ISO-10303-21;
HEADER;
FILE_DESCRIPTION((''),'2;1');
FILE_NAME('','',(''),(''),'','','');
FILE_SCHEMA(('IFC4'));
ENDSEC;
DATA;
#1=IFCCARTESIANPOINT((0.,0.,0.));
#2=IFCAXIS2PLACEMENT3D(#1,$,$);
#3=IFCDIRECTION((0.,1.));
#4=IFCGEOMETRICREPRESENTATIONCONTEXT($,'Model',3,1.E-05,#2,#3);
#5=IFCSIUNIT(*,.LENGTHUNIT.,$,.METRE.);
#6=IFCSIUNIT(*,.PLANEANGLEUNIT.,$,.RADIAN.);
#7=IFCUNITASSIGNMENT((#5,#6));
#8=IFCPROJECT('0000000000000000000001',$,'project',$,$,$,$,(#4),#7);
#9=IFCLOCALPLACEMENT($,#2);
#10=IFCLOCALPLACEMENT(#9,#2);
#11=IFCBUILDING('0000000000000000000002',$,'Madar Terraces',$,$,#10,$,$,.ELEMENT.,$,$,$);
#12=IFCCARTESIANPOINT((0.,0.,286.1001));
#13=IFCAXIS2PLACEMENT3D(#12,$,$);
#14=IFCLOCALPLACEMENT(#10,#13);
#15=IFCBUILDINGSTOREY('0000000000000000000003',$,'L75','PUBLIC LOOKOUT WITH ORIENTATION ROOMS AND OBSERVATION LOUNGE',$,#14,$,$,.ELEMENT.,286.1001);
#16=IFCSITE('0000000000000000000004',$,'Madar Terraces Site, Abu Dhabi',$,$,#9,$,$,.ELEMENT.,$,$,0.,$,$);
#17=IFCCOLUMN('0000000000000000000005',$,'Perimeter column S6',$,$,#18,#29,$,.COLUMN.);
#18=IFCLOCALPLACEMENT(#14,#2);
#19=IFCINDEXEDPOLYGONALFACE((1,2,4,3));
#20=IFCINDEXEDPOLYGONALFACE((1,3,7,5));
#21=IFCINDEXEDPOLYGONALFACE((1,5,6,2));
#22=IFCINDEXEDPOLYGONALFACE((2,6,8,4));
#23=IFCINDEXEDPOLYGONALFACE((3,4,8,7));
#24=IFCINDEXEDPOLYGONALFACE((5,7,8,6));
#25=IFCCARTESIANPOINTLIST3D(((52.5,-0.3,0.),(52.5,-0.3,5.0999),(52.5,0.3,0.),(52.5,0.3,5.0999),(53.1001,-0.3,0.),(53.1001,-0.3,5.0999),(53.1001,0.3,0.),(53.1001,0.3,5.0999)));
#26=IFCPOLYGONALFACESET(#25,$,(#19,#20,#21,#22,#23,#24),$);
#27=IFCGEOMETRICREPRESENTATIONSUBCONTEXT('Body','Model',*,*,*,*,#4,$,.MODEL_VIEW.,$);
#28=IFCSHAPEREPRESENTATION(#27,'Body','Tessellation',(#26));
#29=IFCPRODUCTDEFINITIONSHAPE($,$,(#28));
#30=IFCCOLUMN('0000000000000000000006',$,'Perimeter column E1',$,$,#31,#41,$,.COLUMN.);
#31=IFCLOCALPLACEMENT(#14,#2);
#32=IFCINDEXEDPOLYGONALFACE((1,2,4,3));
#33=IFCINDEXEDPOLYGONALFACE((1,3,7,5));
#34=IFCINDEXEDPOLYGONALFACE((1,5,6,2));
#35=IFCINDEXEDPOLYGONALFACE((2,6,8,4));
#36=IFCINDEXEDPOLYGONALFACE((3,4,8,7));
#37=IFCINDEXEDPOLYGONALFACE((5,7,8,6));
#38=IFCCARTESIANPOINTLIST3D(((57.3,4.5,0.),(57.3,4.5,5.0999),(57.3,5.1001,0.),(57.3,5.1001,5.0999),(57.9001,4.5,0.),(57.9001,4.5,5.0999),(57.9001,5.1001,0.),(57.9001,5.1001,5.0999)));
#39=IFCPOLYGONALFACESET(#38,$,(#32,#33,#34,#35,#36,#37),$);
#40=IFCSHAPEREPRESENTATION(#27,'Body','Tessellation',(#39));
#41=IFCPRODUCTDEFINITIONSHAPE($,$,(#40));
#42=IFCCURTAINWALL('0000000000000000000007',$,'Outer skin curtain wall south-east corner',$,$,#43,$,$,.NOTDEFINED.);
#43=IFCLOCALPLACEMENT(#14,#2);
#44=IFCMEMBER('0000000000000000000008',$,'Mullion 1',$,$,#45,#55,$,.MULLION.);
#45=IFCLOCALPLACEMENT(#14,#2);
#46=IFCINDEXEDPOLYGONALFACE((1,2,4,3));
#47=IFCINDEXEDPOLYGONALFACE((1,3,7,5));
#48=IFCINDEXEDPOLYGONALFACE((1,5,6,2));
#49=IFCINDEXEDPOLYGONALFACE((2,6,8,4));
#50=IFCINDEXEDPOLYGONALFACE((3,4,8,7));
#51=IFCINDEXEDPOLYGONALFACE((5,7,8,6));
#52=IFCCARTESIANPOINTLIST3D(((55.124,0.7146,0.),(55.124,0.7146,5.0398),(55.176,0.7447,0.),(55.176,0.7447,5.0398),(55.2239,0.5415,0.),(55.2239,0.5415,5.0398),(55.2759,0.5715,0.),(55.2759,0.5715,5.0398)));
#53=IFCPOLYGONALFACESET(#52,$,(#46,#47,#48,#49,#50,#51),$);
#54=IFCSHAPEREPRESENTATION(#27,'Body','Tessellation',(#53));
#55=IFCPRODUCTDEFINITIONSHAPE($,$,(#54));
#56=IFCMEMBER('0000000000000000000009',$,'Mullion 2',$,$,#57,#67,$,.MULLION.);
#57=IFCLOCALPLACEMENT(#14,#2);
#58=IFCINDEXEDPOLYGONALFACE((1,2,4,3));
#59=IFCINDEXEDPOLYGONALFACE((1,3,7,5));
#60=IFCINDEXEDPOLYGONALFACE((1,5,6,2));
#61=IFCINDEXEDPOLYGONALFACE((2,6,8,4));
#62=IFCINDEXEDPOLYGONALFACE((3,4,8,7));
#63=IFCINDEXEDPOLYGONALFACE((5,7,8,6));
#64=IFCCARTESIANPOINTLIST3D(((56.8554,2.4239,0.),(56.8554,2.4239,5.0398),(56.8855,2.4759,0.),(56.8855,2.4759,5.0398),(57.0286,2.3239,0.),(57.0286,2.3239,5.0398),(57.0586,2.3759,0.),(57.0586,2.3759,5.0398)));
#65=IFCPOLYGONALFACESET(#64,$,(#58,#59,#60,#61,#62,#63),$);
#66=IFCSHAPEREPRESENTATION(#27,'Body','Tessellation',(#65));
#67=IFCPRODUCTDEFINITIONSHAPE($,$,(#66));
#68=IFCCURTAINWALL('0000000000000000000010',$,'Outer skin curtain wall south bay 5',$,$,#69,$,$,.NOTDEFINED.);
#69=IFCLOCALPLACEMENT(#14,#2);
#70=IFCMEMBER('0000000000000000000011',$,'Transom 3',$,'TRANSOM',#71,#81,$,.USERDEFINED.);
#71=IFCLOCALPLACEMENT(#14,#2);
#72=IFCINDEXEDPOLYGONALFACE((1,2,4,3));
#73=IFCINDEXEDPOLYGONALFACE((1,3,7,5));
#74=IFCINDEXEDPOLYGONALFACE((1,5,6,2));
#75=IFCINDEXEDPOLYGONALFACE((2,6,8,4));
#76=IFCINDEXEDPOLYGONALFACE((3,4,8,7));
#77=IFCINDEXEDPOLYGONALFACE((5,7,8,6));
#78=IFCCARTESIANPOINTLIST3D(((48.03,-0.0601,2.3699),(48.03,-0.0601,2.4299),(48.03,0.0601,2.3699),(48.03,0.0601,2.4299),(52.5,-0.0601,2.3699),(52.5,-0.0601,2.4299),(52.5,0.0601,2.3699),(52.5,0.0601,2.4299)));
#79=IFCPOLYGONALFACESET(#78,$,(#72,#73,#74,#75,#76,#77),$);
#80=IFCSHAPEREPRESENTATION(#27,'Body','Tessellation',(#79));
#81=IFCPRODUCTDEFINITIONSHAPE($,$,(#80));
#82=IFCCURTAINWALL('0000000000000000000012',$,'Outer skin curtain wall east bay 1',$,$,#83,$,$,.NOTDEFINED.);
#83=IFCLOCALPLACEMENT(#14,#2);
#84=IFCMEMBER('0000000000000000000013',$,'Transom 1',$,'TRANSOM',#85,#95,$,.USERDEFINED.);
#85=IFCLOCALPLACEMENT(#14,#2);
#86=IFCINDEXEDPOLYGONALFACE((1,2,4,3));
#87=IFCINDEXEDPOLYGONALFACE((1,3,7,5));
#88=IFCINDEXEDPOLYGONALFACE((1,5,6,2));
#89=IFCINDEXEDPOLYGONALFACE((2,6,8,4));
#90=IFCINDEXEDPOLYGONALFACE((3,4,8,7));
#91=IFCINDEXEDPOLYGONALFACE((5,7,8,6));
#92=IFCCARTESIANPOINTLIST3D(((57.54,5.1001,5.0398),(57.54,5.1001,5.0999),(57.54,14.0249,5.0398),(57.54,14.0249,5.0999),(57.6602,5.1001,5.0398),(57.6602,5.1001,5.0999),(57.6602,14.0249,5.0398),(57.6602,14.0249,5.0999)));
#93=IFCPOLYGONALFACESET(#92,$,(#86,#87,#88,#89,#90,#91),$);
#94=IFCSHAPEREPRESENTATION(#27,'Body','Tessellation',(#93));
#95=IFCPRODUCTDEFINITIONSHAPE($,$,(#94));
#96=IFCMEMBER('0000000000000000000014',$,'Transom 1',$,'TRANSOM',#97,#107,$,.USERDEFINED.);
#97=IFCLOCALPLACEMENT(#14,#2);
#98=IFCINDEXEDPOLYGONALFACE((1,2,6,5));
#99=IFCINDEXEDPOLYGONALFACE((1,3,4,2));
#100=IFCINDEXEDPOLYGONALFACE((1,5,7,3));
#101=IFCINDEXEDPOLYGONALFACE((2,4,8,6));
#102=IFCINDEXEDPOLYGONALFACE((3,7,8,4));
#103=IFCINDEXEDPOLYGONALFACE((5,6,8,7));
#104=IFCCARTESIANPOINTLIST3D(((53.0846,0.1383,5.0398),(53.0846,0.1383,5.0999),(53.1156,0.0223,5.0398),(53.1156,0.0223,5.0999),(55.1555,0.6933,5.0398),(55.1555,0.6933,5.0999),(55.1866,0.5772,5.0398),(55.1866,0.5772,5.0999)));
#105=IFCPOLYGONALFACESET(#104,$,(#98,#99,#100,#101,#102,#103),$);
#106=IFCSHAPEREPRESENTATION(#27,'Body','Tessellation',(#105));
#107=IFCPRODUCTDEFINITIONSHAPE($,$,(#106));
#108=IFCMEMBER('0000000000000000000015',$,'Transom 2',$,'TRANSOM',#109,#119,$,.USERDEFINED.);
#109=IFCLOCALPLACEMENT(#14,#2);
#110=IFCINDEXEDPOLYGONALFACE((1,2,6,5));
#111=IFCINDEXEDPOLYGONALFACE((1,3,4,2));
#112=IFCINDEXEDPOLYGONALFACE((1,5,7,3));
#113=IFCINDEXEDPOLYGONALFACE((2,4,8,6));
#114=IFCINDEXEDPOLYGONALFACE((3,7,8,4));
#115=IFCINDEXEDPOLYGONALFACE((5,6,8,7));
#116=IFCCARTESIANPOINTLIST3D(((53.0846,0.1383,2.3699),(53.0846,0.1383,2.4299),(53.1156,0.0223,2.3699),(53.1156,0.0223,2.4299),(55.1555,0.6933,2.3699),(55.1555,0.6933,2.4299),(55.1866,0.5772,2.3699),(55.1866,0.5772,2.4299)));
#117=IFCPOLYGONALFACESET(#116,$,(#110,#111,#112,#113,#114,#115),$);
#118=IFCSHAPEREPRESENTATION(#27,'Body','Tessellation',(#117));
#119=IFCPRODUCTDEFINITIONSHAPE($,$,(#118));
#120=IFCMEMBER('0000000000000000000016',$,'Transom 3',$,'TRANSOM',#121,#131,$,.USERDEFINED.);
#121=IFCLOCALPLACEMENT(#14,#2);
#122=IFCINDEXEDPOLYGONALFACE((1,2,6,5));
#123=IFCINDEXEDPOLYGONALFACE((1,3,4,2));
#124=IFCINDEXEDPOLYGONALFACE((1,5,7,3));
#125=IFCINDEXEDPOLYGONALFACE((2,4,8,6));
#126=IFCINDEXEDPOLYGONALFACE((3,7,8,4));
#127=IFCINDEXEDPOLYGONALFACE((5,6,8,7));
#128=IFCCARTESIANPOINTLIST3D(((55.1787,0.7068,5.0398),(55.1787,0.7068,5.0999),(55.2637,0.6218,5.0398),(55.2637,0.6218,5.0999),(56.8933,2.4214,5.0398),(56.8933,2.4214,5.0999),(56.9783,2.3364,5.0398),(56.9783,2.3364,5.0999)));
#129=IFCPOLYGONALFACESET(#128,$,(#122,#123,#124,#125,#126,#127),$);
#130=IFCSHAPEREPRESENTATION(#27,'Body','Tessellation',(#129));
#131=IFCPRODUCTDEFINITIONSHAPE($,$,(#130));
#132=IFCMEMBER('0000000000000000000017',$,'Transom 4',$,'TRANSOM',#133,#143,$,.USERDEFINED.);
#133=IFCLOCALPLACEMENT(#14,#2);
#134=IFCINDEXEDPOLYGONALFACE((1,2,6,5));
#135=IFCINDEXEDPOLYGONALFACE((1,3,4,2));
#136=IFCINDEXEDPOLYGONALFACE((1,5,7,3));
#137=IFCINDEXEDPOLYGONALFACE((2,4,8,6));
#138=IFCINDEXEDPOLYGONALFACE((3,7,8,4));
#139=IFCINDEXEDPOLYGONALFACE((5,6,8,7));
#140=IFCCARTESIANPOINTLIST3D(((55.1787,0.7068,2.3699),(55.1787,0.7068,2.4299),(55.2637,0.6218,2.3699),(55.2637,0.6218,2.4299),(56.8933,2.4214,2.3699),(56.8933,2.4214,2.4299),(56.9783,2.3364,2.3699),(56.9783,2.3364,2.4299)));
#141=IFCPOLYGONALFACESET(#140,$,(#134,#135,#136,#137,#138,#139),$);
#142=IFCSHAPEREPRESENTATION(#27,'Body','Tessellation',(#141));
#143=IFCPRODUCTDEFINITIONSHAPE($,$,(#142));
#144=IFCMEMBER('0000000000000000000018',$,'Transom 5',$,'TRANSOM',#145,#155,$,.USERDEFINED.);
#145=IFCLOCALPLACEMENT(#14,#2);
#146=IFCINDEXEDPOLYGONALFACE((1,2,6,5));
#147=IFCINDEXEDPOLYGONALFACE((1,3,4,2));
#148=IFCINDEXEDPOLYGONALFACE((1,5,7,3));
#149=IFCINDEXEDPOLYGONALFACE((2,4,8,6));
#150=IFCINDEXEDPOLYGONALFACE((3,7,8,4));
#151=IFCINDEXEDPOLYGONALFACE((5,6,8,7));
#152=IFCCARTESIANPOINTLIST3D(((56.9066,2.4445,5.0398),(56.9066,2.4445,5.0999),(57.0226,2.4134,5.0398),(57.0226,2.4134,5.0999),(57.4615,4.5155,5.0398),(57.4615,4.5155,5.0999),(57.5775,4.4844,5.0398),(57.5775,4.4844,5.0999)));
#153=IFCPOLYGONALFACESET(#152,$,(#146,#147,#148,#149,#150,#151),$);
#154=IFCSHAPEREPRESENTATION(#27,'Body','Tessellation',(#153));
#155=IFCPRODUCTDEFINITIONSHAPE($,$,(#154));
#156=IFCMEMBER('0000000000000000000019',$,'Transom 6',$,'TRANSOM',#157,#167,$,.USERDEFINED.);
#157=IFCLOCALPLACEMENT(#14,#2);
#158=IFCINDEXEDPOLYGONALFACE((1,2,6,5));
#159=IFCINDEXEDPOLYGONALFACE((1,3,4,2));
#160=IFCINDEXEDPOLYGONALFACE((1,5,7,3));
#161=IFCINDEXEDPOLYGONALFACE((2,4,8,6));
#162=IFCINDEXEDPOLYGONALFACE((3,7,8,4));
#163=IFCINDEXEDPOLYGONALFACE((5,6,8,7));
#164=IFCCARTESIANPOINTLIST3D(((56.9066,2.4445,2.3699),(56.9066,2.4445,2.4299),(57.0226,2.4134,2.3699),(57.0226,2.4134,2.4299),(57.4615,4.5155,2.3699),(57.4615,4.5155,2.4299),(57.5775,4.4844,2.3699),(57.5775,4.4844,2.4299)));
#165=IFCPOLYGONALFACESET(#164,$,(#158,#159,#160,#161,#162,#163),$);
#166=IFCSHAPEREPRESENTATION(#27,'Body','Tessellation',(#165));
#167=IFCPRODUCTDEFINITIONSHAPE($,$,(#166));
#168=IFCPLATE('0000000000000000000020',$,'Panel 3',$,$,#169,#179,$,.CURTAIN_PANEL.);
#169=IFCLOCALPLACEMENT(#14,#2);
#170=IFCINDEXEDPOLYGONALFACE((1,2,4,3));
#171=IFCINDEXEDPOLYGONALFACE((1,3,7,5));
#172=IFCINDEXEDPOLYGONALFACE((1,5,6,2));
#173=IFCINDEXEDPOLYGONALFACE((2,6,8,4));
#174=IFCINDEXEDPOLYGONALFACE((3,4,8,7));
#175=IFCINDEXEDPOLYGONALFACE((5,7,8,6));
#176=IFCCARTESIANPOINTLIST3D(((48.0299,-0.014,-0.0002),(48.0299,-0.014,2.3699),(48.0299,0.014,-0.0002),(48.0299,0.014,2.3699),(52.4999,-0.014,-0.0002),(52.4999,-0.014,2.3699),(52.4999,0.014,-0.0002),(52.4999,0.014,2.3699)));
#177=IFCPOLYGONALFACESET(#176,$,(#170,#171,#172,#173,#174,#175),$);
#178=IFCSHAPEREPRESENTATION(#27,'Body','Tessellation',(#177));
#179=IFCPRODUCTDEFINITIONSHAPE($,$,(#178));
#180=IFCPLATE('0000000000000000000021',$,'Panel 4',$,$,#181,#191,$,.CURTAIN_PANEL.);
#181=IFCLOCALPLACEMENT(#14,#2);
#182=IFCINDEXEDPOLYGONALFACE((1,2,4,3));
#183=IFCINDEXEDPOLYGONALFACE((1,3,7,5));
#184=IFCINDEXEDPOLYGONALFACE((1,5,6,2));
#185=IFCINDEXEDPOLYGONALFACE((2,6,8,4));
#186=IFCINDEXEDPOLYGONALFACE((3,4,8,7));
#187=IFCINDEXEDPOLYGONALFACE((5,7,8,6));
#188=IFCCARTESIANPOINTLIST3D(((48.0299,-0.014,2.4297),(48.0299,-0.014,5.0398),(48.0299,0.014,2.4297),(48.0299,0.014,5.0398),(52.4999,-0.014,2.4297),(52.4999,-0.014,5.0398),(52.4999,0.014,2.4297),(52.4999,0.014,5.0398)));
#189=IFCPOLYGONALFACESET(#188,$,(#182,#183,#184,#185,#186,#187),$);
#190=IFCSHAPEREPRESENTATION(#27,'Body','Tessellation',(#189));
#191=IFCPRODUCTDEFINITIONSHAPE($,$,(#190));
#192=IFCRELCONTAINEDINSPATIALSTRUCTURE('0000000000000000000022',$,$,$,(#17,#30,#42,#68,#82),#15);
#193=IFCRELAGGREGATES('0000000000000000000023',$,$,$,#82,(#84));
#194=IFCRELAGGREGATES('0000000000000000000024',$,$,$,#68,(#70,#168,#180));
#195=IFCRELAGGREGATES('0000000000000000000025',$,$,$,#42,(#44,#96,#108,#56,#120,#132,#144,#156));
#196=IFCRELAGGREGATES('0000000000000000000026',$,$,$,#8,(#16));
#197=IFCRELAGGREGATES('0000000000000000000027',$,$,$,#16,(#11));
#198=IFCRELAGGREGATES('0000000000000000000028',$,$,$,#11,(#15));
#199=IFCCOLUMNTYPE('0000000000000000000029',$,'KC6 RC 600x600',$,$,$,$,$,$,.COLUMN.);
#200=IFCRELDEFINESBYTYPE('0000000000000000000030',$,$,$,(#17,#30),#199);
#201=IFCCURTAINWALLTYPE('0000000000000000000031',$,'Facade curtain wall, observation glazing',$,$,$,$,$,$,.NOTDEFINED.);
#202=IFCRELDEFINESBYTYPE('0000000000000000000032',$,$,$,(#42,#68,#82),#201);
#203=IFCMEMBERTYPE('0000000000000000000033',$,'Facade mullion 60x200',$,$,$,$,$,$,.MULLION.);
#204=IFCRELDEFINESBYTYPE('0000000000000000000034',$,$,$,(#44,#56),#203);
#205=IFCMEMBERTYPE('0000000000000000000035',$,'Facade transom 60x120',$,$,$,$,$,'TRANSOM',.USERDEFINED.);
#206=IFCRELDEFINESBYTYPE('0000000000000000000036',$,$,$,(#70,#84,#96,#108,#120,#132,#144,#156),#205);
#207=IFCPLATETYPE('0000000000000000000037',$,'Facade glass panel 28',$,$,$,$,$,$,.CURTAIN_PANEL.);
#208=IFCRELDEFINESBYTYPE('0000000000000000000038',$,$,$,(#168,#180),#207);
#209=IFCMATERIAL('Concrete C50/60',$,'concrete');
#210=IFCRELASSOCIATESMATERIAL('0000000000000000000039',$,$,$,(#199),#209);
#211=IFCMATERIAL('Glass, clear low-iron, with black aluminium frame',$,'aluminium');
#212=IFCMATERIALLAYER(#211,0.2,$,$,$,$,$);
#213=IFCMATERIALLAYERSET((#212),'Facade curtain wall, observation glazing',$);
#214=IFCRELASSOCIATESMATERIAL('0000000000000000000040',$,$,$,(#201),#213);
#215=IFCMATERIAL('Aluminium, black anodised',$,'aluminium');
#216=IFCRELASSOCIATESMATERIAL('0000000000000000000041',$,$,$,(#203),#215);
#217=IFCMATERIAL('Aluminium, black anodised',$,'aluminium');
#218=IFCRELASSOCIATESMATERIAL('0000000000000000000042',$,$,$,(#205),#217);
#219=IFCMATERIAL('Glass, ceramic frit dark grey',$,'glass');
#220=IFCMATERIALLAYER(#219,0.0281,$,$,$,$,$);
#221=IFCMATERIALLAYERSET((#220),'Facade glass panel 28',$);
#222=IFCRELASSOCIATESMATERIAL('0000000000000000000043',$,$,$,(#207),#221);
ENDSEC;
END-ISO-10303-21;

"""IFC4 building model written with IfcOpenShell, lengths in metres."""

from ifc_helpers import new_model, si_unit, direction, frame, origin, origin_2d, place, context, subcontext, project, spatial, rectangle, extrude, material, layer, layer_set, material_profile, profile_set, type_object, element, aggregate, save


model = new_model("IFC4")

# Units and contexts
model_context = context("Model", 3, precision=1e-05, world=origin(), true_north=direction((0.0, 1.0)))
body_context = subcontext(model_context, "Body", "Model", "MODEL_VIEW")
ifc_project = project(units=[si_unit("LENGTHUNIT", "METRE"), si_unit("PLANEANGLEUNIT", "RADIAN")], contexts=[model_context])

# Site, building, storey
site_placement = place(None, origin())
site = spatial("IfcSite", under=ifc_project, at=site_placement, Name="Madar Terraces Site, Abu Dhabi", CompositionType="ELEMENT", RefElevation=0.0)
building_placement = place(site_placement, origin())
building = spatial("IfcBuilding", under=site, at=building_placement, Name="Madar Terraces", CompositionType="ELEMENT")
storey_placement = place(building_placement, frame((0.0, 0.0, 286.1001)))
storey = spatial("IfcBuildingStorey", under=building, at=storey_placement, Name="L75", Description="PUBLIC LOOKOUT WITH ORIENTATION ROOMS AND OBSERVATION LOUNGE", CompositionType="ELEMENT", Elevation=286.1001)

# Columns
ifc_material_1 = material(Name="Concrete C50/60", Category="concrete")
ifc_material_profile_1 = material_profile(ifc_material_1, rectangle(XDim=0.6001, YDim=0.6001, at=origin_2d()), Name="KC6 RC 600x600")
ifc_profile_set_1 = profile_set([ifc_material_profile_1], Name="Concrete C50/60")
column_type = type_object("IfcColumnType", Name="KC6 RC 600x600", PredefinedType="COLUMN", material=ifc_profile_set_1)
for number, where, z_axis, x_axis, name in (
    (1, (52.8, 0.0, 0.0), (0.0, 0.0, 1.0), (1.0, 0.0, 0.0), "Perimeter column S6"),
    (2, (57.6001, 4.8, 0.0), (0.0, 0.0, 1.0), (1.0, 0.0, 0.0), "Perimeter column E1"),
):
    element("IfcColumn", number, at=place(storey_placement, frame(where, z_axis=z_axis, x_axis=x_axis)), inside=storey, type_object=column_type, Name=name, PredefinedType="COLUMN", context=body_context, shape_type="SweptSolid", body=[
        extrude(rectangle(XDim=0.6001, YDim=0.6001, at=origin_2d()), origin(), (0.0, 0.0, 1.0), 5.0999),
    ])

# Curtain wall, members
ifc_material_2 = material(Name="Glass, clear low-iron, with black aluminium frame", Category="aluminium")
ifc_layer_1 = layer(ifc_material_2, 0.2)
ifc_layer_set_1 = layer_set([ifc_layer_1], Name="Facade curtain wall, observation glazing")
curtain_wall_type = type_object("IfcCurtainWallType", Name="Facade curtain wall, observation glazing", PredefinedType="NOTDEFINED", material=ifc_layer_set_1)
curtain_wall_1_placement = place(storey_placement, origin())
curtain_wall_1 = element("IfcCurtainWall", 3, at=curtain_wall_1_placement, inside=storey, type_object=curtain_wall_type, Name="Outer skin curtain wall south-east corner", PredefinedType="NOTDEFINED")
ifc_material_3 = material(Name="Aluminium, black anodised", Category="aluminium")
ifc_material_profile_2 = material_profile(ifc_material_3, rectangle(XDim=0.2, YDim=0.0601, at=origin_2d()), Name="Facade mullion 60x200")
ifc_profile_set_2 = profile_set([ifc_material_profile_2], Name="Aluminium, black anodised")
member_type_1 = type_object("IfcMemberType", Name="Facade mullion 60x200", PredefinedType="MULLION", material=ifc_profile_set_2)
member_1_placement = place(storey_placement, frame((55.2, 0.6431, 0.0), z_axis=(0.0, 0.0, 1.0), x_axis=(-0.5, 0.866025, 0.0)))
member_1 = element("IfcMember", 4, at=member_1_placement, type_object=member_type_1, Name="Mullion 1", PredefinedType="MULLION", context=body_context, shape_type="SweptSolid", body=[
    extrude(rectangle(XDim=0.2, YDim=0.0601, at=origin_2d()), origin(), (0.0, 0.0, 1.0), 5.0398),
])
member_2_placement = place(storey_placement, frame((56.957, 2.3999, 0.0), z_axis=(0.0, 0.0, 1.0), x_axis=(-0.866025, 0.5, 0.0)))
member_2 = element("IfcMember", 5, at=member_2_placement, type_object=member_type_1, Name="Mullion 2", PredefinedType="MULLION", context=body_context, shape_type="SweptSolid", body=[
    extrude(rectangle(XDim=0.2, YDim=0.0601, at=origin_2d()), origin(), (0.0, 0.0, 1.0), 5.0398),
])

# Curtain walls, members
curtain_wall_2_placement = place(storey_placement, origin())
curtain_wall_2 = element("IfcCurtainWall", 6, at=curtain_wall_2_placement, inside=storey, type_object=curtain_wall_type, Name="Outer skin curtain wall south bay 5", PredefinedType="NOTDEFINED")
ifc_material_4 = material(Name="Aluminium, black anodised", Category="aluminium")
ifc_material_profile_3 = material_profile(ifc_material_4, rectangle(XDim=0.1201, YDim=0.0601, at=origin_2d()), Name="Facade transom 60x120")
ifc_profile_set_3 = profile_set([ifc_material_profile_3], Name="Aluminium, black anodised")
member_type_2 = type_object("IfcMemberType", Name="Facade transom 60x120", ElementType="TRANSOM", PredefinedType="USERDEFINED", material=ifc_profile_set_3)
member_3_placement = place(storey_placement, frame((48.03, 0.0, 2.3999), z_axis=(1.0, 0.0, 0.0), x_axis=(0.0, 1.0, 0.0)))
member_3 = element("IfcMember", 7, at=member_3_placement, type_object=member_type_2, Name="Transom 3", ObjectType="TRANSOM", PredefinedType="USERDEFINED", context=body_context, shape_type="SweptSolid", body=[
    extrude(rectangle(XDim=0.1201, YDim=0.0601, at=origin_2d()), origin(), (0.0, 0.0, 1.0), 4.47),
])
curtain_wall_3_placement = place(storey_placement, origin())
curtain_wall_3 = element("IfcCurtainWall", 8, at=curtain_wall_3_placement, inside=storey, type_object=curtain_wall_type, Name="Outer skin curtain wall east bay 1", PredefinedType="NOTDEFINED")
member_4_placement = place(storey_placement, frame((57.6001, 5.1001, 5.0698), z_axis=(0.0, 1.0, 0.0), x_axis=(-1.0, 0.0, 0.0)))
member_4 = element("IfcMember", 9, at=member_4_placement, type_object=member_type_2, Name="Transom 1", ObjectType="TRANSOM", PredefinedType="USERDEFINED", context=body_context, shape_type="SweptSolid", body=[
    extrude(rectangle(XDim=0.1201, YDim=0.0601, at=origin_2d()), origin(), (0.0, 0.0, 1.0), 8.9248),
])
aggregate(curtain_wall_3, [member_4])

# Members
member_5_placement = place(storey_placement, frame((53.1001, 0.0803, 5.0698), z_axis=(0.965926, 0.258818, 0.0), x_axis=(-0.258818, 0.965926, 0.0)))
member_5 = element("IfcMember", 10, at=member_5_placement, type_object=member_type_2, Name="Transom 1", ObjectType="TRANSOM", PredefinedType="USERDEFINED", context=body_context, shape_type="SweptSolid", body=[
    extrude(rectangle(XDim=0.1201, YDim=0.0601, at=origin_2d()), origin(), (0.0, 0.0, 1.0), 2.144),
])
member_6_placement = place(storey_placement, frame((53.1001, 0.0803, 2.3999), z_axis=(0.965926, 0.258818, 0.0), x_axis=(-0.258818, 0.965926, 0.0)))
member_6 = element("IfcMember", 11, at=member_6_placement, type_object=member_type_2, Name="Transom 2", ObjectType="TRANSOM", PredefinedType="USERDEFINED", context=body_context, shape_type="SweptSolid", body=[
    extrude(rectangle(XDim=0.1201, YDim=0.0601, at=origin_2d()), origin(), (0.0, 0.0, 1.0), 2.144),
])
member_7_placement = place(storey_placement, frame((55.2212, 0.6643, 5.0698), z_axis=(0.707107, 0.707107, 0.0), x_axis=(-0.707107, 0.707107, 0.0)))
member_7 = element("IfcMember", 12, at=member_7_placement, type_object=member_type_2, Name="Transom 3", ObjectType="TRANSOM", PredefinedType="USERDEFINED", context=body_context, shape_type="SweptSolid", body=[
    extrude(rectangle(XDim=0.1201, YDim=0.0601, at=origin_2d()), origin(), (0.0, 0.0, 1.0), 2.4248),
])
member_8_placement = place(storey_placement, frame((55.2212, 0.6643, 2.3999), z_axis=(0.707107, 0.707107, 0.0), x_axis=(-0.707107, 0.707107, 0.0)))
member_8 = element("IfcMember", 13, at=member_8_placement, type_object=member_type_2, Name="Transom 4", ObjectType="TRANSOM", PredefinedType="USERDEFINED", context=body_context, shape_type="SweptSolid", body=[
    extrude(rectangle(XDim=0.1201, YDim=0.0601, at=origin_2d()), origin(), (0.0, 0.0, 1.0), 2.4248),
])
member_9_placement = place(storey_placement, frame((56.9646, 2.429, 5.0698), z_axis=(0.258818, 0.965926, 0.0), x_axis=(-0.965926, 0.258818, 0.0)))
member_9 = element("IfcMember", 14, at=member_9_placement, type_object=member_type_2, Name="Transom 5", ObjectType="TRANSOM", PredefinedType="USERDEFINED", context=body_context, shape_type="SweptSolid", body=[
    extrude(rectangle(XDim=0.1201, YDim=0.0601, at=origin_2d()), origin(), (0.0, 0.0, 1.0), 2.144),
])
member_10_placement = place(storey_placement, frame((56.9646, 2.429, 2.3999), z_axis=(0.258818, 0.965926, 0.0), x_axis=(-0.965926, 0.258818, 0.0)))
member_10 = element("IfcMember", 15, at=member_10_placement, type_object=member_type_2, Name="Transom 6", ObjectType="TRANSOM", PredefinedType="USERDEFINED", context=body_context, shape_type="SweptSolid", body=[
    extrude(rectangle(XDim=0.1201, YDim=0.0601, at=origin_2d()), origin(), (0.0, 0.0, 1.0), 2.144),
])

# Plates
ifc_material_5 = material(Name="Glass, ceramic frit dark grey", Category="glass")
ifc_layer_2 = layer(ifc_material_5, 0.0281)
ifc_layer_set_2 = layer_set([ifc_layer_2], Name="Facade glass panel 28")
plate_type = type_object("IfcPlateType", Name="Facade glass panel 28", PredefinedType="CURTAIN_PANEL", material=ifc_layer_set_2)
plate_1_placement = place(storey_placement, frame((50.2649, 0.0, -0.0002), z_axis=(0.0, 0.0, 1.0), x_axis=(1.0, 0.0, 0.0)))
plate_1 = element("IfcPlate", 16, at=plate_1_placement, type_object=plate_type, Name="Panel 3", PredefinedType="CURTAIN_PANEL", context=body_context, shape_type="SweptSolid", body=[
    extrude(rectangle(XDim=4.47, YDim=0.0281, at=origin_2d()), origin(), (0.0, 0.0, 1.0), 2.3701),
])
plate_2_placement = place(storey_placement, frame((50.2649, 0.0, 2.4297), z_axis=(0.0, 0.0, 1.0), x_axis=(1.0, 0.0, 0.0)))
plate_2 = element("IfcPlate", 17, at=plate_2_placement, type_object=plate_type, Name="Panel 4", PredefinedType="CURTAIN_PANEL", context=body_context, shape_type="SweptSolid", body=[
    extrude(rectangle(XDim=4.47, YDim=0.0281, at=origin_2d()), origin(), (0.0, 0.0, 1.0), 2.6101),
])
aggregate(curtain_wall_2, [member_3, plate_1, plate_2])
aggregate(curtain_wall_1, [member_1, member_5, member_6, member_2, member_7, member_8, member_9, member_10])

save(model, "model.ifc")
